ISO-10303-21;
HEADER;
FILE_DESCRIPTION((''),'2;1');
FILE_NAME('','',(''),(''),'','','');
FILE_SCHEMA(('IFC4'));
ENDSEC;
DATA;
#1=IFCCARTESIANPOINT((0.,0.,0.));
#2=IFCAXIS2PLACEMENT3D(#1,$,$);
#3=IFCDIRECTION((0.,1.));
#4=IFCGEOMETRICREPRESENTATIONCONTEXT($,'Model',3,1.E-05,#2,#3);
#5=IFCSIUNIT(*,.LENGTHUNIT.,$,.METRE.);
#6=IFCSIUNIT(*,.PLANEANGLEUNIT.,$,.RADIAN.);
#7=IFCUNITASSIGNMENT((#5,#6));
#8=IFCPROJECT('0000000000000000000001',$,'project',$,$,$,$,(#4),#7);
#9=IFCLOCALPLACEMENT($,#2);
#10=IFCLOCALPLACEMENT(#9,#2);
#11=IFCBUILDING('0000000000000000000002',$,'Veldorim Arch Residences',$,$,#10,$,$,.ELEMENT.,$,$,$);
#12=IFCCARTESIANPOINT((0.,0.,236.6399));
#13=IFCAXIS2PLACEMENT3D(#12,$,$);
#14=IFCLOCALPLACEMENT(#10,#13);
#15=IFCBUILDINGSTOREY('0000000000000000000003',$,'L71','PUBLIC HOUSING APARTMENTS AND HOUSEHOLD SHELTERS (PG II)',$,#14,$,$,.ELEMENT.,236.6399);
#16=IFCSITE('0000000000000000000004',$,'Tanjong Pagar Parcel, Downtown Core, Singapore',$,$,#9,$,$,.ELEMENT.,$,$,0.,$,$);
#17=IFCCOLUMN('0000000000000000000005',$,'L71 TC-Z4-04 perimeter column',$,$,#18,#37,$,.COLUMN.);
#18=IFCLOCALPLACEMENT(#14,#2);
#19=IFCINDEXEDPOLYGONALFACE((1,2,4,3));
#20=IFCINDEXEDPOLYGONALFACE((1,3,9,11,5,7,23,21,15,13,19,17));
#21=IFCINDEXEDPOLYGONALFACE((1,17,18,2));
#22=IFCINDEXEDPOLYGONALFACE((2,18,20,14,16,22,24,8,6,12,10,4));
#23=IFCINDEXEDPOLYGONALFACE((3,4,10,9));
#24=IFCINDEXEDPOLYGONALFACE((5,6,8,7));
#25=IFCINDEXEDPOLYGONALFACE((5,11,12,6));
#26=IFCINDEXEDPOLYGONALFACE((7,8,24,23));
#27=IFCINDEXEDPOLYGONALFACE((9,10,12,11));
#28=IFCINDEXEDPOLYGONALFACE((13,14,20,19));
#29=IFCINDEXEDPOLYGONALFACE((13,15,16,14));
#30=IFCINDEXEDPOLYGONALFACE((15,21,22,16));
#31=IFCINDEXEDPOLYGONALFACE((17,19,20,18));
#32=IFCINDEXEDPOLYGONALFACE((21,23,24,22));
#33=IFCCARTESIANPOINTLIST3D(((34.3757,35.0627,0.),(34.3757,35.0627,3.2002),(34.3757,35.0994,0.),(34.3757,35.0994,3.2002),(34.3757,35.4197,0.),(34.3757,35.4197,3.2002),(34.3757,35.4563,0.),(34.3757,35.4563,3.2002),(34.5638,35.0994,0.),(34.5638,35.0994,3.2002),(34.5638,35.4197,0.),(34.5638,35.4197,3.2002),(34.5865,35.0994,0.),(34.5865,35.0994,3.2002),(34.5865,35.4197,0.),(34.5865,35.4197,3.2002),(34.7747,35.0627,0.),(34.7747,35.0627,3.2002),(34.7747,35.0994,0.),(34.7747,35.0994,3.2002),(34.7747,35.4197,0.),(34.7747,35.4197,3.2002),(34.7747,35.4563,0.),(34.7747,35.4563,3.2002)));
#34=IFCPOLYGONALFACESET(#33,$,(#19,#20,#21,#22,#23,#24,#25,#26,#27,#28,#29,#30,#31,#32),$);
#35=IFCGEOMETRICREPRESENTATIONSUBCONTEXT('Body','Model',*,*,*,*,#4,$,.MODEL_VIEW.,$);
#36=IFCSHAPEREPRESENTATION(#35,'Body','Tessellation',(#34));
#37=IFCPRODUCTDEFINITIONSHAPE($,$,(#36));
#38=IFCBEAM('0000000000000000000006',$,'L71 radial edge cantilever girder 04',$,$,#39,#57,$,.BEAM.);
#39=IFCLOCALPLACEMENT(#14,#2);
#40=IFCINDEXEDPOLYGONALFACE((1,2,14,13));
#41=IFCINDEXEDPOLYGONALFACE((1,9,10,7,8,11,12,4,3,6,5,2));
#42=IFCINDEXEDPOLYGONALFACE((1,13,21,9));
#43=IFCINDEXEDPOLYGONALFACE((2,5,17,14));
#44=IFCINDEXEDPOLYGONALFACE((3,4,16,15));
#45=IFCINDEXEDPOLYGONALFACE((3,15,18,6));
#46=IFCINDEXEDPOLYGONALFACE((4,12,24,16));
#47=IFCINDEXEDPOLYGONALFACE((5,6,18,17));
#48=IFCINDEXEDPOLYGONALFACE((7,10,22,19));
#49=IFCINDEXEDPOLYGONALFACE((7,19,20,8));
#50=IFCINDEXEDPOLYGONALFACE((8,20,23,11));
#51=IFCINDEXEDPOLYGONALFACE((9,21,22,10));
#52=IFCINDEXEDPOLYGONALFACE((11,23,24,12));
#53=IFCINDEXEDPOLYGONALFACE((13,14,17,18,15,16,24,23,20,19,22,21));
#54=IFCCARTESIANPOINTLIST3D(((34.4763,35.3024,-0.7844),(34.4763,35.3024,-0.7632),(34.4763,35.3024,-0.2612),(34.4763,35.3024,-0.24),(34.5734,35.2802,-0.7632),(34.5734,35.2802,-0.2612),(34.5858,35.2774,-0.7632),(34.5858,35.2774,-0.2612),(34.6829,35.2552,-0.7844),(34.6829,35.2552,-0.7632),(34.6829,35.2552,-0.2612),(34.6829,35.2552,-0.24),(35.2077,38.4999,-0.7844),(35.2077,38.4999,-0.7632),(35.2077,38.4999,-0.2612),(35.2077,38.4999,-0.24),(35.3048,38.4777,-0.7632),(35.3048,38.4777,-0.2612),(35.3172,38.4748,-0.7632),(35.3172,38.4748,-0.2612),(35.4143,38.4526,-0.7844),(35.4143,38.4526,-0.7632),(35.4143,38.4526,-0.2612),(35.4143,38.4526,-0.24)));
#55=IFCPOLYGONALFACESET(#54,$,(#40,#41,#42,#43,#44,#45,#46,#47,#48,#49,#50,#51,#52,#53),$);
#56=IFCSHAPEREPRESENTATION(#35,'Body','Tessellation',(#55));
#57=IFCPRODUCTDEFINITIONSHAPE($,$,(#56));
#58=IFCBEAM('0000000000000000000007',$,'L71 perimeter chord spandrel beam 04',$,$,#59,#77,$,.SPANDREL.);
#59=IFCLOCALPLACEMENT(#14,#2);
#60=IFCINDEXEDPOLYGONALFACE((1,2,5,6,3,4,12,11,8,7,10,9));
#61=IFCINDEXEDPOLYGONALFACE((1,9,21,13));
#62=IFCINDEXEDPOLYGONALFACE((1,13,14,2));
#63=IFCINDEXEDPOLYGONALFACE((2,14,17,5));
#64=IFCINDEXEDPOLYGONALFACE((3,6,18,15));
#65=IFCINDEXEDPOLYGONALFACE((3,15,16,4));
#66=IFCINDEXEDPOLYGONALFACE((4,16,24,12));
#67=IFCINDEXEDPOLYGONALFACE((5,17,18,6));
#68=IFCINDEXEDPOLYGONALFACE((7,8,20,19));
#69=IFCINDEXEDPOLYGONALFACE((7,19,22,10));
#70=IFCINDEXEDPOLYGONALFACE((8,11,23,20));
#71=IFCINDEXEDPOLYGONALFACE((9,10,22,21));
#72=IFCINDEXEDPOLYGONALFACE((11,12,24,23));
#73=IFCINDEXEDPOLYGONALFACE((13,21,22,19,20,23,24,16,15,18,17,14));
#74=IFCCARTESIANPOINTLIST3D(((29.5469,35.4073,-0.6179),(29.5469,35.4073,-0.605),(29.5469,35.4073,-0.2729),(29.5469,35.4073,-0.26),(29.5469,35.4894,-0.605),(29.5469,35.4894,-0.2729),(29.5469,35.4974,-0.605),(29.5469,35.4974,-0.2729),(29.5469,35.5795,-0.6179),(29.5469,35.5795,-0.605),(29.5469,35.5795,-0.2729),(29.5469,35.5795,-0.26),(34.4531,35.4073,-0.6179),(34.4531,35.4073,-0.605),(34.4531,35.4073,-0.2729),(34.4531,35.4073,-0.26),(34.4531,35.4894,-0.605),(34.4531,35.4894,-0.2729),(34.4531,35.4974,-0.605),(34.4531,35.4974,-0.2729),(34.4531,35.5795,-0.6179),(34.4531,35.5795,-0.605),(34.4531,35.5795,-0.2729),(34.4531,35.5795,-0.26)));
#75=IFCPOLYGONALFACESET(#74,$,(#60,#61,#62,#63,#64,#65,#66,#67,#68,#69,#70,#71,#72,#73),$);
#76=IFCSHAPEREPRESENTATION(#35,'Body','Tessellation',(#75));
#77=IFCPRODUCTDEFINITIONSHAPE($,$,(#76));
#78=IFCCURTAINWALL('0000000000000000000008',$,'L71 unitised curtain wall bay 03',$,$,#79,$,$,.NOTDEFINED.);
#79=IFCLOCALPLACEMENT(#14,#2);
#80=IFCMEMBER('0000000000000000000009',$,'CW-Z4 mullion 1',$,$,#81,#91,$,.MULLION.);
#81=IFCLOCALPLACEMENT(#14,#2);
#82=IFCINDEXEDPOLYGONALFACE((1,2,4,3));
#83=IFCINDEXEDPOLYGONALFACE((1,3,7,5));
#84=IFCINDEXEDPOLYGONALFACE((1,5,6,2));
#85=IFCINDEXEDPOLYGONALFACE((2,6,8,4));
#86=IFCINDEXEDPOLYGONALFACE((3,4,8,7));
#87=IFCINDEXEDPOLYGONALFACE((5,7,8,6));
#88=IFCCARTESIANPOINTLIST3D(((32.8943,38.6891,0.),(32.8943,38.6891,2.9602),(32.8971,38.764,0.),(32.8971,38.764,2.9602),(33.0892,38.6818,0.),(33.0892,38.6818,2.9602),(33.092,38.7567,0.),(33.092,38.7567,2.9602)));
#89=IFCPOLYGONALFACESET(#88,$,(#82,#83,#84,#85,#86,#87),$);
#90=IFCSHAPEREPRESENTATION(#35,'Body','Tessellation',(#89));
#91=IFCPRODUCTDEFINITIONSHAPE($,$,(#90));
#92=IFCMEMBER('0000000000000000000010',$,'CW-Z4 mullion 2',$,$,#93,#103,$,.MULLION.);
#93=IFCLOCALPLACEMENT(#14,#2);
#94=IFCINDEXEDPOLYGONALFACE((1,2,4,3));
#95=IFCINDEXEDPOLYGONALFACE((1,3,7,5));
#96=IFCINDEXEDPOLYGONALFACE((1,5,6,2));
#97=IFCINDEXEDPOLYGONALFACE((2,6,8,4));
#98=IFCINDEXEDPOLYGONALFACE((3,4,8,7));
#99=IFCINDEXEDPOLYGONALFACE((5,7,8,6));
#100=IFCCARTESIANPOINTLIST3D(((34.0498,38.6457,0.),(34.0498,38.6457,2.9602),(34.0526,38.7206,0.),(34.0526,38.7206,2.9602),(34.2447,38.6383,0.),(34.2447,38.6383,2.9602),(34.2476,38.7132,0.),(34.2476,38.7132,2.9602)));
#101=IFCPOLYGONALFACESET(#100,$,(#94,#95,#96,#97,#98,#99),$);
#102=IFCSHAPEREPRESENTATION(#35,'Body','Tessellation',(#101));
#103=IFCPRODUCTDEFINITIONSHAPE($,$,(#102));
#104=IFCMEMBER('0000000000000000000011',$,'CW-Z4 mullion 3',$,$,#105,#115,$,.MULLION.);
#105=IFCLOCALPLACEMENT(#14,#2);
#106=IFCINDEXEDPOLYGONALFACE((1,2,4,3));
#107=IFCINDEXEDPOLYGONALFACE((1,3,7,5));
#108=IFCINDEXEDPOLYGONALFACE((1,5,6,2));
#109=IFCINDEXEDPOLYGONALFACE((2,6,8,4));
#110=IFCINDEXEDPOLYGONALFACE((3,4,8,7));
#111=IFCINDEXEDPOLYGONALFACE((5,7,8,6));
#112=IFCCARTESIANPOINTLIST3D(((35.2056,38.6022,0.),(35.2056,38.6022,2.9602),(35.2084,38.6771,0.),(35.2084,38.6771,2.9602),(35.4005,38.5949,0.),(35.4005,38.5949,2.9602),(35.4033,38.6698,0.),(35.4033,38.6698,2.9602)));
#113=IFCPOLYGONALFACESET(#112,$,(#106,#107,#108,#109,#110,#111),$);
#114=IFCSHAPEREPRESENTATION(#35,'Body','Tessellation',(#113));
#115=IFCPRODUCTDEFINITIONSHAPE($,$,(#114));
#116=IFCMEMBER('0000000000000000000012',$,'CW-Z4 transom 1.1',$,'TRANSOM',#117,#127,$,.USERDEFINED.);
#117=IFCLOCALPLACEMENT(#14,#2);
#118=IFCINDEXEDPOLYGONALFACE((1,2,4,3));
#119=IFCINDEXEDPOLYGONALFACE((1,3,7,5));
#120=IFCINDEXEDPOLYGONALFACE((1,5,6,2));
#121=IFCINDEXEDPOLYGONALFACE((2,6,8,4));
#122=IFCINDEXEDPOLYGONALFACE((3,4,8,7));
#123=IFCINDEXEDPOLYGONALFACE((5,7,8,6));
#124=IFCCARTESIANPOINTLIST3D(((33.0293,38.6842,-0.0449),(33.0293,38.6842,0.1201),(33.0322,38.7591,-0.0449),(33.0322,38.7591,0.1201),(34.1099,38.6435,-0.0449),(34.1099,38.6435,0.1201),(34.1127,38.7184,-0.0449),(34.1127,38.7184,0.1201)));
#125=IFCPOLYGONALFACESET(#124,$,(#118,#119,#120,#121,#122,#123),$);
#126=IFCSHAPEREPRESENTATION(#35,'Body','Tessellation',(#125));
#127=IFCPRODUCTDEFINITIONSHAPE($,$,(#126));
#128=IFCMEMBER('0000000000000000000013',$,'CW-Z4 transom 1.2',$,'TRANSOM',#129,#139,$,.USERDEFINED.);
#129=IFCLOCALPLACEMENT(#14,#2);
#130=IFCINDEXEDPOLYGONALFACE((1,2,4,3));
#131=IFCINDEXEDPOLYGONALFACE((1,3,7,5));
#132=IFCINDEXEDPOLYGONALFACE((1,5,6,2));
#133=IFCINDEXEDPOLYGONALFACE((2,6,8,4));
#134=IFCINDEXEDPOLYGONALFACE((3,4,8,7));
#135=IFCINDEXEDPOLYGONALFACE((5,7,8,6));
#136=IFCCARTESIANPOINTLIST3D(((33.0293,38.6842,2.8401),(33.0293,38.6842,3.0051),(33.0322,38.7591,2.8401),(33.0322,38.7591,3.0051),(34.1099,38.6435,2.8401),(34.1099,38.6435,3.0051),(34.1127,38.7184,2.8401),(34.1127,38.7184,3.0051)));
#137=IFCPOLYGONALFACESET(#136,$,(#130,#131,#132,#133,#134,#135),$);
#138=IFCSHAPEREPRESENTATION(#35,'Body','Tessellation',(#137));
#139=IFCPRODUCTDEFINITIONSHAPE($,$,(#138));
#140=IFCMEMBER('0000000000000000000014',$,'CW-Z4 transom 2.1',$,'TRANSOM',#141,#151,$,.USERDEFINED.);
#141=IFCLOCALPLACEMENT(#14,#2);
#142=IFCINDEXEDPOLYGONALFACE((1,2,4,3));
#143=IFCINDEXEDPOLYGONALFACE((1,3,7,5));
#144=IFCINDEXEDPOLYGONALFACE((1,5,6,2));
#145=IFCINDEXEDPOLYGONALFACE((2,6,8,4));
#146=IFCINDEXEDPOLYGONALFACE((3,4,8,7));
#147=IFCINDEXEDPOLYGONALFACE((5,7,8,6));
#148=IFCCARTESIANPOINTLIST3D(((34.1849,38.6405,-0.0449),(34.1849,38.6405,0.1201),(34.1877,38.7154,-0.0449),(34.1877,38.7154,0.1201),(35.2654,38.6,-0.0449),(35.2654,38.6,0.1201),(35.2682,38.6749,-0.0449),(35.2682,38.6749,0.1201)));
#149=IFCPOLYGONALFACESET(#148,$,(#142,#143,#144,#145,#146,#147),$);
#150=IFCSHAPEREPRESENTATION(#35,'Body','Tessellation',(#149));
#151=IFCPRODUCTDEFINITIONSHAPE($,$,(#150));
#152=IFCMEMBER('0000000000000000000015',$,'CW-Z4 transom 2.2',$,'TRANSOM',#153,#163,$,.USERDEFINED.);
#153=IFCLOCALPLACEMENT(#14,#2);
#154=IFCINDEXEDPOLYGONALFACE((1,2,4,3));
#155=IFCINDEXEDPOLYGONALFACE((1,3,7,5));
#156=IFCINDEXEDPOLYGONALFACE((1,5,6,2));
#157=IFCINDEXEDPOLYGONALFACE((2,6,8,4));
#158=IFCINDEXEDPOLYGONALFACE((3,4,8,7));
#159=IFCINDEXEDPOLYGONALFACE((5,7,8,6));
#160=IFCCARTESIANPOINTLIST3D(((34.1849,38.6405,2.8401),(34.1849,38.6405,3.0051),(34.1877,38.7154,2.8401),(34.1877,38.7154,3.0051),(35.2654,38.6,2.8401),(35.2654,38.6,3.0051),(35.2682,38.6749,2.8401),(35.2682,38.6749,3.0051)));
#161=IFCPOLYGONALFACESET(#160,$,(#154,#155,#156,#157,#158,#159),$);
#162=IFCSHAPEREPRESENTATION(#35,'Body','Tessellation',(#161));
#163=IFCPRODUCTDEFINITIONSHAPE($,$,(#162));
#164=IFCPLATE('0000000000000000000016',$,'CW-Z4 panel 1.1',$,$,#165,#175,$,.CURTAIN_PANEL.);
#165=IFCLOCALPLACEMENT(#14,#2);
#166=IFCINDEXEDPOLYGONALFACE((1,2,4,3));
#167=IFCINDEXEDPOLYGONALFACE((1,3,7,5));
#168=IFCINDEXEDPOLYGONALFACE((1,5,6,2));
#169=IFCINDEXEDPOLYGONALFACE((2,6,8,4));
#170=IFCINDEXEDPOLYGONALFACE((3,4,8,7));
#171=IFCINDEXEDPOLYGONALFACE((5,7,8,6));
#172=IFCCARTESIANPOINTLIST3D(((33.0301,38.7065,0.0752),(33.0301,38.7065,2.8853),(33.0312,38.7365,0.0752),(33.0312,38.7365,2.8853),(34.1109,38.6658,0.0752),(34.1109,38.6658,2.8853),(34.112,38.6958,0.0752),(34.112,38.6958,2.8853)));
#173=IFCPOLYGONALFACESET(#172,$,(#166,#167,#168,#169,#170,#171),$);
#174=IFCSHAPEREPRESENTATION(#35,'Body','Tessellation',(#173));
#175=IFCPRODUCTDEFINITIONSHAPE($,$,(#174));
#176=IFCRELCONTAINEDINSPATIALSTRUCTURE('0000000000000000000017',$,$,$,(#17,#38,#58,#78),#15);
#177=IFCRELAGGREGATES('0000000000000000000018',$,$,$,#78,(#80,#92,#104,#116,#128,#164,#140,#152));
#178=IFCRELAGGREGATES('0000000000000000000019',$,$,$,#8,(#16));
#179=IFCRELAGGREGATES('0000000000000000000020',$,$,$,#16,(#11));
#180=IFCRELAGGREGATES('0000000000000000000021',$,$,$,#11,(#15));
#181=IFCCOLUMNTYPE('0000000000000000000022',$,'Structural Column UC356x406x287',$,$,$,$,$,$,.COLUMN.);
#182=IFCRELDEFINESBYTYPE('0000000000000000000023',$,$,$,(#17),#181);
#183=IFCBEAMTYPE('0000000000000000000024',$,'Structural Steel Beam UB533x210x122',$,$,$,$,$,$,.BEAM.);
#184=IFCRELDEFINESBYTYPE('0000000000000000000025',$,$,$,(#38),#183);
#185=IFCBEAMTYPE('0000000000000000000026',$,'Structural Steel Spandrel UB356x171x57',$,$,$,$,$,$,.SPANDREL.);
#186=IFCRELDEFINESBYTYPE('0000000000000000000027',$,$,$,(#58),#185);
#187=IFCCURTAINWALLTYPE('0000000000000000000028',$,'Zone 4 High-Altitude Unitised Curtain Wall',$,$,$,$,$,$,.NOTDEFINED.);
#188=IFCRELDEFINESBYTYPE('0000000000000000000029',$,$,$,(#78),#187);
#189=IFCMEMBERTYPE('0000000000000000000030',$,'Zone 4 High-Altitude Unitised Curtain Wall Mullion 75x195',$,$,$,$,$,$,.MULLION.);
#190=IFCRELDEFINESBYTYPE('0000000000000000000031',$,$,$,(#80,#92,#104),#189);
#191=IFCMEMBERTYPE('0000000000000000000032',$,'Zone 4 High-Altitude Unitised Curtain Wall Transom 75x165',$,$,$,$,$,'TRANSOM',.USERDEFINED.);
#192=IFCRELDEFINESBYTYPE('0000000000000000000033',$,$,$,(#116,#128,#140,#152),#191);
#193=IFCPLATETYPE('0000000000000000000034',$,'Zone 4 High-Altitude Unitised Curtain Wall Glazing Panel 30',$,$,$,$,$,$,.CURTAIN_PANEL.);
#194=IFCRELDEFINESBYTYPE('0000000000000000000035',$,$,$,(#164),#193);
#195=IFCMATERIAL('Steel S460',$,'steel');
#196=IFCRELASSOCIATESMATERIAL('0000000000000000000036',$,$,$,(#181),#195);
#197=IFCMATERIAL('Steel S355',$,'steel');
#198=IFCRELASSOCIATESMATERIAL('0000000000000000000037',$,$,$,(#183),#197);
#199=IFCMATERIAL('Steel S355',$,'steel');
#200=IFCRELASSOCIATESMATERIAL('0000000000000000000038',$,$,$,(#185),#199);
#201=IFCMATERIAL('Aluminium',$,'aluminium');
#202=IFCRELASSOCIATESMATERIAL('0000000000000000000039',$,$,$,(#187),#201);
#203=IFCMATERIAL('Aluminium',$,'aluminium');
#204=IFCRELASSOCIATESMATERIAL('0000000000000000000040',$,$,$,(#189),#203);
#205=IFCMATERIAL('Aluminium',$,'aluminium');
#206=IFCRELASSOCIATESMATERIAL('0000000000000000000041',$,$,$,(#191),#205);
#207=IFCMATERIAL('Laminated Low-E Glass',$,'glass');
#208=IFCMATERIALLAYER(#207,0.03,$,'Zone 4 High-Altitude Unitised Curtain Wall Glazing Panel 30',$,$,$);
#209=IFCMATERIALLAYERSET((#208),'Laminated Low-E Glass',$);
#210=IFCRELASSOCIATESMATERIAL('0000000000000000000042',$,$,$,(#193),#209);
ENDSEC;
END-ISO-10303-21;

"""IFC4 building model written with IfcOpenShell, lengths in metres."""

from ifc_helpers import new_model, si_unit, direction, frame, origin, origin_2d, place, context, subcontext, project, spatial, rectangle, i_section, extrude, material, layer, layer_set, material_profile, profile_set, type_object, element, aggregate, save


model = new_model("IFC4")

# Units and contexts
model_context = context("Model", 3, precision=1e-05, world=origin(), true_north=direction((0.0, 1.0)))
body_context = subcontext(model_context, "Body", "Model", "MODEL_VIEW")
ifc_project = project(units=[si_unit("LENGTHUNIT", "METRE"), si_unit("PLANEANGLEUNIT", "RADIAN")], contexts=[model_context])

# Site, building, storey
site_placement = place(None, origin())
site = spatial("IfcSite", under=ifc_project, at=site_placement, Name="Tanjong Pagar Parcel, Downtown Core, Singapore", CompositionType="ELEMENT", RefElevation=0.0)
building_placement = place(site_placement, origin())
building = spatial("IfcBuilding", under=site, at=building_placement, Name="Veldorim Arch Residences", CompositionType="ELEMENT")
storey_placement = place(building_placement, frame((0.0, 0.0, 236.6399)))
storey = spatial("IfcBuildingStorey", under=building, at=storey_placement, Name="L71", Description="PUBLIC HOUSING APARTMENTS AND HOUSEHOLD SHELTERS (PG II)", CompositionType="ELEMENT", Elevation=236.6399)

# Column
ifc_material_1 = material(Name="Steel S460", Category="steel")
ifc_material_profile_1 = material_profile(ifc_material_1, i_section(OverallWidth=0.3989, OverallDepth=0.3936, WebThickness=0.0227, FlangeThickness=0.0366, at=origin_2d()), Name="UC356x406x287")
ifc_profile_set_1 = profile_set([ifc_material_profile_1], Name="Steel S460")
column_type = type_object("IfcColumnType", Name="Structural Column UC356x406x287", PredefinedType="COLUMN", material=ifc_profile_set_1)
column_placement = place(storey_placement, frame((34.5752, 35.2595, 0.0), z_axis=(0.0, 0.0, 1.0), x_axis=(1.0, 0.0, 0.0)))
element("IfcColumn", 1, at=column_placement, inside=storey, type_object=column_type, Name="L71 TC-Z4-04 perimeter column", PredefinedType="COLUMN", context=body_context, shape_type="SweptSolid", body=[
    extrude(i_section(OverallWidth=0.3989, OverallDepth=0.3936, WebThickness=0.0227, FlangeThickness=0.0366, at=origin_2d()), origin(), (0.0, 0.0, 1.0), 3.2002),
])

# Beams
ifc_material_2 = material(Name="Steel S355", Category="steel")
ifc_material_profile_2 = material_profile(ifc_material_2, i_section(OverallWidth=0.2119, OverallDepth=0.5444, WebThickness=0.0127, FlangeThickness=0.0212, at=origin_2d()), Name="UB533x210x122")
ifc_profile_set_2 = profile_set([ifc_material_profile_2], Name="Steel S355")
beam_type_1 = type_object("IfcBeamType", Name="Structural Steel Beam UB533x210x122", PredefinedType="BEAM", material=ifc_profile_set_2)
beam_1_placement = place(storey_placement, frame((34.5796, 35.2788, -0.5122), z_axis=(0.222995, 0.97482, 0.0), x_axis=(-0.97482, 0.222995, 0.0)))
element("IfcBeam", 2, at=beam_1_placement, inside=storey, type_object=beam_type_1, Name="L71 radial edge cantilever girder 04", PredefinedType="BEAM", context=body_context, shape_type="SweptSolid", body=[
    extrude(i_section(OverallWidth=0.2119, OverallDepth=0.5444, WebThickness=0.0127, FlangeThickness=0.0212, at=origin_2d()), origin(), (0.0, 0.0, 1.0), 3.28),
])
ifc_material_3 = material(Name="Steel S355", Category="steel")
ifc_material_profile_3 = material_profile(ifc_material_3, i_section(OverallWidth=0.1721, OverallDepth=0.3579, WebThickness=0.0081, FlangeThickness=0.0129, at=origin_2d()), Name="UB356x171x57")
ifc_profile_set_3 = profile_set([ifc_material_profile_3], Name="Steel S355")
beam_type_2 = type_object("IfcBeamType", Name="Structural Steel Spandrel UB356x171x57", PredefinedType="SPANDREL", material=ifc_profile_set_3)
beam_2_placement = place(storey_placement, frame((34.4531, 35.4934, -0.439), z_axis=(-1.0, 0.0, 0.0), x_axis=(0.0, -1.0, 0.0)))
element("IfcBeam", 3, at=beam_2_placement, inside=storey, type_object=beam_type_2, Name="L71 perimeter chord spandrel beam 04", PredefinedType="SPANDREL", context=body_context, shape_type="SweptSolid", body=[
    extrude(i_section(OverallWidth=0.1721, OverallDepth=0.3579, WebThickness=0.0081, FlangeThickness=0.0129, at=origin_2d()), origin(), (0.0, 0.0, 1.0), 4.9062),
])

# Curtain wall, members, plate
ifc_material_4 = material(Name="Aluminium", Category="aluminium")
curtain_wall_type = type_object("IfcCurtainWallType", Name="Zone 4 High-Altitude Unitised Curtain Wall", PredefinedType="NOTDEFINED", material=ifc_material_4)
curtain_wall_placement = place(storey_placement, origin())
curtain_wall = element("IfcCurtainWall", 4, at=curtain_wall_placement, inside=storey, type_object=curtain_wall_type, Name="L71 unitised curtain wall bay 03", PredefinedType="NOTDEFINED")
ifc_material_5 = material(Name="Aluminium", Category="aluminium")
ifc_material_profile_4 = material_profile(ifc_material_5, rectangle(XDim=0.075, YDim=0.1951, at=origin_2d()), Name="ALU_MUL_75x195")
ifc_profile_set_4 = profile_set([ifc_material_profile_4], Name="Aluminium")
member_type_1 = type_object("IfcMemberType", Name="Zone 4 High-Altitude Unitised Curtain Wall Mullion 75x195", PredefinedType="MULLION", material=ifc_profile_set_4)
member_1_placement = place(storey_placement, frame((32.9932, 38.7229, 0.0), z_axis=(0.0, 0.0, 1.0), x_axis=(0.037606, 0.999293, 0.0)))
member_1 = element("IfcMember", 5, at=member_1_placement, type_object=member_type_1, Name="CW-Z4 mullion 1", PredefinedType="MULLION", context=body_context, shape_type="SweptSolid", body=[
    extrude(rectangle(XDim=0.075, YDim=0.1951, at=origin_2d()), origin(), (0.0, 0.0, 1.0), 2.9602),
])
member_2_placement = place(storey_placement, frame((34.1487, 38.6794, 0.0), z_axis=(0.0, 0.0, 1.0), x_axis=(0.037606, 0.999293, 0.0)))
member_2 = element("IfcMember", 6, at=member_2_placement, type_object=member_type_1, Name="CW-Z4 mullion 2", PredefinedType="MULLION", context=body_context, shape_type="SweptSolid", body=[
    extrude(rectangle(XDim=0.075, YDim=0.1951, at=origin_2d()), origin(), (0.0, 0.0, 1.0), 2.9602),
])
member_3_placement = place(storey_placement, frame((35.3044, 38.636, 0.0), z_axis=(0.0, 0.0, 1.0), x_axis=(0.037606, 0.999293, 0.0)))
member_3 = element("IfcMember", 7, at=member_3_placement, type_object=member_type_1, Name="CW-Z4 mullion 3", PredefinedType="MULLION", context=body_context, shape_type="SweptSolid", body=[
    extrude(rectangle(XDim=0.075, YDim=0.1951, at=origin_2d()), origin(), (0.0, 0.0, 1.0), 2.9602),
])
ifc_material_6 = material(Name="Aluminium", Category="aluminium")
ifc_material_profile_5 = material_profile(ifc_material_6, rectangle(XDim=0.075, YDim=0.165, at=origin_2d()), Name="ALU_TRN_75x165")
ifc_profile_set_5 = profile_set([ifc_material_profile_5], Name="Aluminium")
member_type_2 = type_object("IfcMemberType", Name="Zone 4 High-Altitude Unitised Curtain Wall Transom 75x165", ElementType="TRANSOM", PredefinedType="USERDEFINED", material=ifc_profile_set_5)
member_4_placement = place(storey_placement, frame((33.0308, 38.7217, 0.0376), z_axis=(0.999289, -0.037705, 0.0), x_axis=(0.037705, 0.999289, 0.0)))
member_4 = element("IfcMember", 8, at=member_4_placement, type_object=member_type_2, Name="CW-Z4 transom 1.1", ObjectType="TRANSOM", PredefinedType="USERDEFINED", context=body_context, shape_type="SweptSolid", body=[
    extrude(rectangle(XDim=0.075, YDim=0.165, at=origin_2d()), origin(), (0.0, 0.0, 1.0), 1.0813),
])
member_5_placement = place(storey_placement, frame((33.0308, 38.7217, 2.9226), z_axis=(0.999289, -0.037705, 0.0), x_axis=(0.037705, 0.999289, 0.0)))
member_5 = element("IfcMember", 9, at=member_5_placement, type_object=member_type_2, Name="CW-Z4 transom 1.2", ObjectType="TRANSOM", PredefinedType="USERDEFINED", context=body_context, shape_type="SweptSolid", body=[
    extrude(rectangle(XDim=0.075, YDim=0.165, at=origin_2d()), origin(), (0.0, 0.0, 1.0), 1.0813),
])
member_6_placement = place(storey_placement, frame((34.1863, 38.678, 0.0376), z_axis=(0.999297, -0.037479, 0.0), x_axis=(0.037479, 0.999297, 0.0)))
member_6 = element("IfcMember", 10, at=member_6_placement, type_object=member_type_2, Name="CW-Z4 transom 2.1", ObjectType="TRANSOM", PredefinedType="USERDEFINED", context=body_context, shape_type="SweptSolid", body=[
    extrude(rectangle(XDim=0.075, YDim=0.165, at=origin_2d()), origin(), (0.0, 0.0, 1.0), 1.0813),
])
member_7_placement = place(storey_placement, frame((34.1863, 38.678, 2.9226), z_axis=(0.999297, -0.037479, 0.0), x_axis=(0.037479, 0.999297, 0.0)))
member_7 = element("IfcMember", 11, at=member_7_placement, type_object=member_type_2, Name="CW-Z4 transom 2.2", ObjectType="TRANSOM", PredefinedType="USERDEFINED", context=body_context, shape_type="SweptSolid", body=[
    extrude(rectangle(XDim=0.075, YDim=0.165, at=origin_2d()), origin(), (0.0, 0.0, 1.0), 1.0813),
])
ifc_material_7 = material(Name="Laminated Low-E Glass", Category="glass")
ifc_layer_1 = layer(ifc_material_7, 0.03, Name="Zone 4 High-Altitude Unitised Curtain Wall Glazing Panel 30")
ifc_layer_set_1 = layer_set([ifc_layer_1], Name="Laminated Low-E Glass")
plate_type = type_object("IfcPlateType", Name="Zone 4 High-Altitude Unitised Curtain Wall Glazing Panel 30", PredefinedType="CURTAIN_PANEL", material=ifc_layer_set_1)
plate_1_placement = place(storey_placement, frame((33.571, 38.7012, 0.0752), z_axis=(0.0, 0.0, 1.0), x_axis=(0.999293, -0.037606, 0.0)))
plate_1 = element("IfcPlate", 12, at=plate_1_placement, type_object=plate_type, Name="CW-Z4 panel 1.1", PredefinedType="CURTAIN_PANEL", context=body_context, shape_type="SweptSolid", body=[
    extrude(rectangle(XDim=1.0815, YDim=0.03, at=origin_2d()), origin(), (0.0, 0.0, 1.0), 2.8101),
])
aggregate(curtain_wall, [member_1, member_2, member_3, member_4, member_5, plate_1, member_6, member_7])

save(model, "model.ifc")
